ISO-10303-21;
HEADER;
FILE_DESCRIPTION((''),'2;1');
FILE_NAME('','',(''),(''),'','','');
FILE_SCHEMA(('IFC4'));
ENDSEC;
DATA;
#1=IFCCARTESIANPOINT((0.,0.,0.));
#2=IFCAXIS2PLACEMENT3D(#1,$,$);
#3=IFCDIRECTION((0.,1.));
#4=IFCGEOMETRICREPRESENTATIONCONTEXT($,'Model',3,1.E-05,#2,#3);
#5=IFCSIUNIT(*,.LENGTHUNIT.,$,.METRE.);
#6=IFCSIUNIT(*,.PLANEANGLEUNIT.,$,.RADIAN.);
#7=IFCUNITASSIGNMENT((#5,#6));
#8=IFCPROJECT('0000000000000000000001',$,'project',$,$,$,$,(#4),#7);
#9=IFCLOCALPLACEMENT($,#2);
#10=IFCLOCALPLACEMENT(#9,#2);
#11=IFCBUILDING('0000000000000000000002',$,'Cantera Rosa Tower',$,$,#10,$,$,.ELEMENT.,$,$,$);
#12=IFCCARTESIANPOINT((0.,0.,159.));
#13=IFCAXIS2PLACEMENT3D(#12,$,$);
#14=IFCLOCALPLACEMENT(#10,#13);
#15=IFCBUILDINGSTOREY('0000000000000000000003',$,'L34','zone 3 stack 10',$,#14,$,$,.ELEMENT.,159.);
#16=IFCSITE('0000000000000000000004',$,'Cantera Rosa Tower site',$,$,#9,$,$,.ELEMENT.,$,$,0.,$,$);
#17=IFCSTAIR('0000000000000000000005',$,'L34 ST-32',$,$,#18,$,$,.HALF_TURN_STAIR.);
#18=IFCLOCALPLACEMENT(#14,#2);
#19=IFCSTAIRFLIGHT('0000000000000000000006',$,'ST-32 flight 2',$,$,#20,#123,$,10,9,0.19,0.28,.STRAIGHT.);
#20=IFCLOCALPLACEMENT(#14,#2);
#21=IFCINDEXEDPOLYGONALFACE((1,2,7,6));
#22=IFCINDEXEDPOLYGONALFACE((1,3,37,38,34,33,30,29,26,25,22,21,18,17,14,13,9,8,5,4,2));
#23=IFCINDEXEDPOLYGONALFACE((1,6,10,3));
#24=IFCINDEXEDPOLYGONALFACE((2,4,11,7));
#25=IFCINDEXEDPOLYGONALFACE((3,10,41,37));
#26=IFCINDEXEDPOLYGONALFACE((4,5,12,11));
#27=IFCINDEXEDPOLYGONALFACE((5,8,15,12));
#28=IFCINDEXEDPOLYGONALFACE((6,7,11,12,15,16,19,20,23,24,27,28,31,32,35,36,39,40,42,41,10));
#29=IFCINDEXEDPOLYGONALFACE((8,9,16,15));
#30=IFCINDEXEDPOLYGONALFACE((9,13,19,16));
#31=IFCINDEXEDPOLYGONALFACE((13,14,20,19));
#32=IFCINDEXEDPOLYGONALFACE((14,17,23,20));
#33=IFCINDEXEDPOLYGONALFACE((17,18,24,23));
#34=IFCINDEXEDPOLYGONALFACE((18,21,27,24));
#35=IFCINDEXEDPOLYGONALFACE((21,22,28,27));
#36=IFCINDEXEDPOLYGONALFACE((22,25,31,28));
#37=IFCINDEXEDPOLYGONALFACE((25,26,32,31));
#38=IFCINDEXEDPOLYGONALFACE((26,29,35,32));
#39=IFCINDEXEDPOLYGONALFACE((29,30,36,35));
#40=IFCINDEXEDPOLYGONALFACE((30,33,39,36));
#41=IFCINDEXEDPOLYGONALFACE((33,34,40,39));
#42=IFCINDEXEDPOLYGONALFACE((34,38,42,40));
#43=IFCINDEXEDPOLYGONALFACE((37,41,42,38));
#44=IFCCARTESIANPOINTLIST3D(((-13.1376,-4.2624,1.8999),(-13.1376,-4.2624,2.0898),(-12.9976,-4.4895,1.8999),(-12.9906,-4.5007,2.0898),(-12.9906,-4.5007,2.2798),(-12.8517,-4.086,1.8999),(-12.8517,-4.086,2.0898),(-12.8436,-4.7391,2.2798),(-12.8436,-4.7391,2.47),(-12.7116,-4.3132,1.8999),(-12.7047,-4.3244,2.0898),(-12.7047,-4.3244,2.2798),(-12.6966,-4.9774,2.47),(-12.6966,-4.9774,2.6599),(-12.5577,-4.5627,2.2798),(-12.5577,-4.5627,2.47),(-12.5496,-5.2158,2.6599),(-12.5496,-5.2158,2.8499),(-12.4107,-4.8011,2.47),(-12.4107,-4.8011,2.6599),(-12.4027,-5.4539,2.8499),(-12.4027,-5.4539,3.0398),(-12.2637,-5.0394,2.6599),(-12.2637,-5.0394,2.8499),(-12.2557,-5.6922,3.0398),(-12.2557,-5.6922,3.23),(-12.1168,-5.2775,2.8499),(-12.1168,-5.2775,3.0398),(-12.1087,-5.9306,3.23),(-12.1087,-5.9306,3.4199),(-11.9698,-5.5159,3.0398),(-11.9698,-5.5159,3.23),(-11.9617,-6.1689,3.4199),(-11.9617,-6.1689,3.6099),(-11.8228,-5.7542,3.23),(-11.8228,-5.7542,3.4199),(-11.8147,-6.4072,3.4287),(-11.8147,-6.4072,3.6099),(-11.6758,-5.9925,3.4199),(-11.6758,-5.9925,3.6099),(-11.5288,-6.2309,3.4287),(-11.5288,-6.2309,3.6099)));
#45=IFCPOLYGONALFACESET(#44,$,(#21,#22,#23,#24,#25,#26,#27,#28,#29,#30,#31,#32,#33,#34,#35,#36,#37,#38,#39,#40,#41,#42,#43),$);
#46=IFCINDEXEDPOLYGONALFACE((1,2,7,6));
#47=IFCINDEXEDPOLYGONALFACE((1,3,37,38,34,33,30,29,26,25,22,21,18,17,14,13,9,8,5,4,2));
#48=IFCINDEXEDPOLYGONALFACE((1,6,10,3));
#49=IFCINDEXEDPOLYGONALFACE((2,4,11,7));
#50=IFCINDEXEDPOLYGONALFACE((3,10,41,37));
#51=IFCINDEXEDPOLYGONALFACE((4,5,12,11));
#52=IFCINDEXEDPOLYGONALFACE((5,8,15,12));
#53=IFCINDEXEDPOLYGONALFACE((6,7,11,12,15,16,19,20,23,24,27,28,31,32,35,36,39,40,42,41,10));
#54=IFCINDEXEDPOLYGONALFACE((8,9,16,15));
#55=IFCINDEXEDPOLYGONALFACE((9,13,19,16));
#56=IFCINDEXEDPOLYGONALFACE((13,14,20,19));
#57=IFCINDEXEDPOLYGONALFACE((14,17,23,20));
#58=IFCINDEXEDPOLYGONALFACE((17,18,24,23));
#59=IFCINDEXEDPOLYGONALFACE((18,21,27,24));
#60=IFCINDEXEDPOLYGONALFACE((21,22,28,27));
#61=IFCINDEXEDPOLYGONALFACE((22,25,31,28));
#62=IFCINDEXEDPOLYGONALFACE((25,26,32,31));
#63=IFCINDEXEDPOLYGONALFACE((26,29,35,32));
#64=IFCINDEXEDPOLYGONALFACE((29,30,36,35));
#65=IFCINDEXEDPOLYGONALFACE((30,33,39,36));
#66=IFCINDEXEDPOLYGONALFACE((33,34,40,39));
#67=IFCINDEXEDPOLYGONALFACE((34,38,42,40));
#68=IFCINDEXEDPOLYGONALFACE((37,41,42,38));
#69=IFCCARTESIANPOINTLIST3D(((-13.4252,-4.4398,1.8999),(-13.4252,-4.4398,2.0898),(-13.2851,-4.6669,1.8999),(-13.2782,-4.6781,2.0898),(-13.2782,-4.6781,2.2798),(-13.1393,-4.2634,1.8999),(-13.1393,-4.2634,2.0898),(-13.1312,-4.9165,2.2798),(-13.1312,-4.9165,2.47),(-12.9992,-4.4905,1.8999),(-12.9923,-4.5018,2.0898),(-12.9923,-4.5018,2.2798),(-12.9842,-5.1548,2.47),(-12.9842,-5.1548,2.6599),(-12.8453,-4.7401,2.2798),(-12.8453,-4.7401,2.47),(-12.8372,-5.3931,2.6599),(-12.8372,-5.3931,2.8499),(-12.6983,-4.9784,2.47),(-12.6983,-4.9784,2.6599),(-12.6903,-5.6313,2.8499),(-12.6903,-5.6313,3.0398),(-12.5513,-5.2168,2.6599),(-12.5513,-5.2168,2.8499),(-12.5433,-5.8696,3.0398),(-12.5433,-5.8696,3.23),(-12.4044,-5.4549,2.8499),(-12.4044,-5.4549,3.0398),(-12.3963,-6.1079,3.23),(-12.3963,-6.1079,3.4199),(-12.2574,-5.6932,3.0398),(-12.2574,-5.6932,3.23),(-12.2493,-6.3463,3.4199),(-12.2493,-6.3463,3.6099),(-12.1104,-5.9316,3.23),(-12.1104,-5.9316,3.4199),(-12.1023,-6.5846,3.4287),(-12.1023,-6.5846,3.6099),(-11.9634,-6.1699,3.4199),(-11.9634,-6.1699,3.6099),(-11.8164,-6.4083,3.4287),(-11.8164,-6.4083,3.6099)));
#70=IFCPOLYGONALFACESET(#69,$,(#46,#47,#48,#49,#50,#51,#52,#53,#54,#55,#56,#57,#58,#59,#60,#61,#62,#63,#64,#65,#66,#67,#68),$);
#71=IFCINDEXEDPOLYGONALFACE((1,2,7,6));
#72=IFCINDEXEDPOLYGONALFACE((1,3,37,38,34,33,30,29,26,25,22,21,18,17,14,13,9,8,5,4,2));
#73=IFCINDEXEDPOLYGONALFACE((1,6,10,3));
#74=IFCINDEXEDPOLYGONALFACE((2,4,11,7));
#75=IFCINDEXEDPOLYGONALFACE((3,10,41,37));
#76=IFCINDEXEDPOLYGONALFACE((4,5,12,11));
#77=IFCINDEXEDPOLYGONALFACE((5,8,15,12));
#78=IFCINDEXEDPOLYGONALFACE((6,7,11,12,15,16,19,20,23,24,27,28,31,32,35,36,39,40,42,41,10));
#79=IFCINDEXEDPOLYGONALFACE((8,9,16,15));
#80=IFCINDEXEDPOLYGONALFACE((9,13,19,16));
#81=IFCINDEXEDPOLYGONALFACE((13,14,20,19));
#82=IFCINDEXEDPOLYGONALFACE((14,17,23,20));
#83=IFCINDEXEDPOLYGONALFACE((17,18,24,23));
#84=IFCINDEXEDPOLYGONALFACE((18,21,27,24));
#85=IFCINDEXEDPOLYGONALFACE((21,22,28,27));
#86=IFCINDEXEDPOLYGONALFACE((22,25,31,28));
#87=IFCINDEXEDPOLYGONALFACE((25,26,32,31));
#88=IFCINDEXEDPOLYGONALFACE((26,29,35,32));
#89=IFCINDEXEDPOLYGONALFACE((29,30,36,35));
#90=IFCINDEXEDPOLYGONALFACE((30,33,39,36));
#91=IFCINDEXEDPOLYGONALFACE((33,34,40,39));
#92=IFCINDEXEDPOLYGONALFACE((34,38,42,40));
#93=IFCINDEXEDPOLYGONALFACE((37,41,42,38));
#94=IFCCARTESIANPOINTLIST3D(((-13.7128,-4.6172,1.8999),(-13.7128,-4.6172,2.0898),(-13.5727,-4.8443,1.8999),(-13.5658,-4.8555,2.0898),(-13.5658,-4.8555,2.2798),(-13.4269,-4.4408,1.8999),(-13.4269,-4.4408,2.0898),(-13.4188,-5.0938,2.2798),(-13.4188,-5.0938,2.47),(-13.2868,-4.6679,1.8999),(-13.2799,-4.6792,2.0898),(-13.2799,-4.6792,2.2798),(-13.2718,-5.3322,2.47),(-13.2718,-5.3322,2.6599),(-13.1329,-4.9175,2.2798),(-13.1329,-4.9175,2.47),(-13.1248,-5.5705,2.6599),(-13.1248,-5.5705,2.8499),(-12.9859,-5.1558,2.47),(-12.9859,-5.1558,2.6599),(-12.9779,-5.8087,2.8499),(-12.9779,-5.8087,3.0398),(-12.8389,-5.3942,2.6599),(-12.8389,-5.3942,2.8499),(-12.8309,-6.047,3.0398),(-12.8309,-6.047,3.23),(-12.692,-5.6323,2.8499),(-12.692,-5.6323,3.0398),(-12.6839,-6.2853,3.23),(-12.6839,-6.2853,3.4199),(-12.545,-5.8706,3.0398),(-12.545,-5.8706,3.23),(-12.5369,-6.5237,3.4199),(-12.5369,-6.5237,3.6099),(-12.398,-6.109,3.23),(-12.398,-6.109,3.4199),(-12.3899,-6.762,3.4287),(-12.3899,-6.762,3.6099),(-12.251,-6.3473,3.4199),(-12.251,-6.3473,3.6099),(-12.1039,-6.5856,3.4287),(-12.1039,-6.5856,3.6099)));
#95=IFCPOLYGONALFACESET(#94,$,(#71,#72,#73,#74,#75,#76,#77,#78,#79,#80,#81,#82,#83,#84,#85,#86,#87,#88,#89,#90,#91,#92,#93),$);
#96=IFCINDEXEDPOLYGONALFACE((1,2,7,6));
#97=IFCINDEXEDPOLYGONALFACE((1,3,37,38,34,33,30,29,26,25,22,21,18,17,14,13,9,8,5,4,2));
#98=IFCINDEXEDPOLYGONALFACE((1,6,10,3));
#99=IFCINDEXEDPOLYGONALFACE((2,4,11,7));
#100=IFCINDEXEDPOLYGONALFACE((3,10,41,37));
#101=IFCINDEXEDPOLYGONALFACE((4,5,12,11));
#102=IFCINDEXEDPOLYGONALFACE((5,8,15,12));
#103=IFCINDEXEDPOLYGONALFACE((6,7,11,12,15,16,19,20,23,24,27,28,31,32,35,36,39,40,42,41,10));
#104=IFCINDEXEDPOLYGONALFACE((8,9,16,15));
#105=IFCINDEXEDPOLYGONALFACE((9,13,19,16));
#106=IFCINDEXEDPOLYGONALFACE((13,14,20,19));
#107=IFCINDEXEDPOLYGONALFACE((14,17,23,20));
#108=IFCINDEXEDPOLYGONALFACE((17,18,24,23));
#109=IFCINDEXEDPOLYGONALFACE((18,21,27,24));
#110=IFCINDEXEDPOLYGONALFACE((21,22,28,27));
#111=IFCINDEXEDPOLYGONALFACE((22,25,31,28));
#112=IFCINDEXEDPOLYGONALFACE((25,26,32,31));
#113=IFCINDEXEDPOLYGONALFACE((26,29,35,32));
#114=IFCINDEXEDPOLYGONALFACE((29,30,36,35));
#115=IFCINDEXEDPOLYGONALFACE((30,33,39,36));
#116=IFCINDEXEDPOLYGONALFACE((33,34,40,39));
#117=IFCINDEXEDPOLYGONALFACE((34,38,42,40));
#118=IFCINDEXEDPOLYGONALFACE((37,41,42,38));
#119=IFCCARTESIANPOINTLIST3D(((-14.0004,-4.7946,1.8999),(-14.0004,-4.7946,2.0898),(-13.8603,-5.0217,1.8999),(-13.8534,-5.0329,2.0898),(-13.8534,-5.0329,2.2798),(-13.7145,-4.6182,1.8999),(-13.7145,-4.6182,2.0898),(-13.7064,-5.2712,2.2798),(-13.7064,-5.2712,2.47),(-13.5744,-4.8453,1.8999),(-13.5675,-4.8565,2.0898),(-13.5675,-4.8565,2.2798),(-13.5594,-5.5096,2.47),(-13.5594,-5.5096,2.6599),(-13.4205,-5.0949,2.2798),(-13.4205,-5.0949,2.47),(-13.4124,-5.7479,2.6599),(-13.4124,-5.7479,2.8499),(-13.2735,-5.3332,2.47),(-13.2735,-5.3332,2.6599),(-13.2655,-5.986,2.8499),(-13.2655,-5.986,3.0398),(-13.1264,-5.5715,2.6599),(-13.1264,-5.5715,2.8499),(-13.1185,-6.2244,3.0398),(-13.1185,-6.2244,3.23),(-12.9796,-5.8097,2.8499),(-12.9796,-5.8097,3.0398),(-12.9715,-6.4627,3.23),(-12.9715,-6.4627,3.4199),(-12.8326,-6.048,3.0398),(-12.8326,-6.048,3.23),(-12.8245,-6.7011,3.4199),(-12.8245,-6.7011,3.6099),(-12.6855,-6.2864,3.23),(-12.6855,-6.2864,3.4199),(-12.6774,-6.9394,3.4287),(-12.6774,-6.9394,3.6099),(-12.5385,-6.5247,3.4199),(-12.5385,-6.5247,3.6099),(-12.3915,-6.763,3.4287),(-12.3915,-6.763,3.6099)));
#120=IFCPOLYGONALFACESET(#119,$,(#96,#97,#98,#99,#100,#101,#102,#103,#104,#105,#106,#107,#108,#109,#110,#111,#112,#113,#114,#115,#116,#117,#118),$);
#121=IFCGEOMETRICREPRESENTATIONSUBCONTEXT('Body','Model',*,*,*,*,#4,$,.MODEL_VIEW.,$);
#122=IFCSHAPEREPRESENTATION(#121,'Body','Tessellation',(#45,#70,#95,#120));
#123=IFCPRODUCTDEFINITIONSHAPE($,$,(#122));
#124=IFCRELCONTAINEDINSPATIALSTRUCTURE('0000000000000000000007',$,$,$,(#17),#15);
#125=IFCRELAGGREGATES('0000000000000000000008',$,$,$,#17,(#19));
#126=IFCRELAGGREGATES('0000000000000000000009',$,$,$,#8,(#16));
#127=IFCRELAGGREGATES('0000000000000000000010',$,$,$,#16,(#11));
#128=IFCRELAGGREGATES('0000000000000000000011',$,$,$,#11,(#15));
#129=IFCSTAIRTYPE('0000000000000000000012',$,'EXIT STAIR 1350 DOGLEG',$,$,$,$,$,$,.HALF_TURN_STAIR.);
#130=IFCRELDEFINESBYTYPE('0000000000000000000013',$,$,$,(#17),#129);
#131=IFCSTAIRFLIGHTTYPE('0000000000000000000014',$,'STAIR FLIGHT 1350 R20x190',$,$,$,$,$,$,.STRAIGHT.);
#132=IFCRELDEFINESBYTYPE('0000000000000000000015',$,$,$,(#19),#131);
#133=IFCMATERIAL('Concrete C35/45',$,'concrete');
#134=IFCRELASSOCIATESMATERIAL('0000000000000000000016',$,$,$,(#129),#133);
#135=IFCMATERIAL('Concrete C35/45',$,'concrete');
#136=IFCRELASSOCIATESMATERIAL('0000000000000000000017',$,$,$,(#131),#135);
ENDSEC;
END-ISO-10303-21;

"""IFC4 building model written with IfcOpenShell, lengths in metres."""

from ifc_helpers import new_model, si_unit, direction, frame, origin, place, context, subcontext, project, spatial, polyline, outline, extrude, material, type_object, element, aggregate, save


model = new_model("IFC4")

# Units and contexts
model_context = context("Model", 3, precision=1e-05, world=origin(), true_north=direction((0.0, 1.0)))
body_context = subcontext(model_context, "Body", "Model", "MODEL_VIEW")
ifc_project = project(units=[si_unit("LENGTHUNIT", "METRE"), si_unit("PLANEANGLEUNIT", "RADIAN")], contexts=[model_context])

# Site, building, storey
site_placement = place(None, origin())
site = spatial("IfcSite", under=ifc_project, at=site_placement, Name="Cantera Rosa Tower site", CompositionType="ELEMENT", RefElevation=0.0)
building_placement = place(site_placement, origin())
building = spatial("IfcBuilding", under=site, at=building_placement, Name="Cantera Rosa Tower", CompositionType="ELEMENT")
storey_placement = place(building_placement, frame((0.0, 0.0, 159.0)))
storey = spatial("IfcBuildingStorey", under=building, at=storey_placement, Name="L34", Description="zone 3 stack 10", CompositionType="ELEMENT", Elevation=159.0)

# Stair, stair flight
ifc_material_1 = material(Name="Concrete C35/45", Category="concrete")
stair_type = type_object("IfcStairType", Name="EXIT STAIR 1350 DOGLEG", PredefinedType="HALF_TURN_STAIR", material=ifc_material_1)
stair_placement = place(storey_placement, origin())
stair = element("IfcStair", 1, at=stair_placement, inside=storey, type_object=stair_type, Name="L34 ST-32", PredefinedType="HALF_TURN_STAIR")
ifc_material_2 = material(Name="Concrete C35/45", Category="concrete")
stair_flight_type = type_object("IfcStairFlightType", Name="STAIR FLIGHT 1350 R20x190", PredefinedType="STRAIGHT", material=ifc_material_2)
stair_flight_1_placement = place(storey_placement, frame((-13.4263, -4.4404, 1.8999), z_axis=(0.0, 0.0, 1.0), x_axis=(0.524977, -0.851117, 0.0)))
stair_flight_1 = element("IfcStairFlight", 2, at=stair_flight_1_placement, type_object=stair_flight_type, Name="ST-32 flight 2", NumberOfRisers=10, NumberOfTreads=9, PredefinedType="STRAIGHT", RiserHeight=0.19, TreadLength=0.28, context=body_context, shape_type="SweptSolid", body=[
    extrude(outline(polyline([(0.0, 0.0), (0.0, 0.1899), (0.28, 0.1899), (0.28, 0.3799), (0.5601, 0.3799), (0.5601, 0.5701), (0.8401, 0.5701), (0.8401, 0.76), (1.1201, 0.76), (1.1201, 0.95), (1.3999, 0.95), (1.3999, 1.1399), (1.6799, 1.1399), (1.6799, 1.3301), (1.96, 1.3301), (1.96, 1.52), (2.24, 1.52), (2.24, 1.71), (2.52, 1.71), (2.52, 1.8999), (2.52, 1.5288), (0.2668, 0.0), (0.0, 0.0)])), frame((0.0, 0.675, 0.0), z_axis=(0.0, -1.0, 0.0), x_axis=(1.0, 0.0, 0.0)), (0.0, 0.0, 1.0), 0.3359),
    extrude(outline(polyline([(0.0, 0.0), (0.0, 0.1899), (0.28, 0.1899), (0.28, 0.3799), (0.5601, 0.3799), (0.5601, 0.5701), (0.8401, 0.5701), (0.8401, 0.76), (1.1201, 0.76), (1.1201, 0.95), (1.3999, 0.95), (1.3999, 1.1399), (1.6799, 1.1399), (1.6799, 1.3301), (1.96, 1.3301), (1.96, 1.52), (2.24, 1.52), (2.24, 1.71), (2.52, 1.71), (2.52, 1.8999), (2.52, 1.5288), (0.2668, 0.0), (0.0, 0.0)])), frame((0.0, 0.3372, 0.0), z_axis=(0.0, -1.0, 0.0), x_axis=(1.0, 0.0, 0.0)), (0.0, 0.0, 1.0), 0.3359),
    extrude(outline(polyline([(0.0, 0.0), (0.0, 0.1899), (0.28, 0.1899), (0.28, 0.3799), (0.5601, 0.3799), (0.5601, 0.5701), (0.8401, 0.5701), (0.8401, 0.76), (1.1201, 0.76), (1.1201, 0.95), (1.3999, 0.95), (1.3999, 1.1399), (1.6799, 1.1399), (1.6799, 1.3301), (1.96, 1.3301), (1.96, 1.52), (2.24, 1.52), (2.24, 1.71), (2.52, 1.71), (2.52, 1.8999), (2.52, 1.5288), (0.2668, 0.0), (0.0, 0.0)])), frame((0.0, -0.0007, 0.0), z_axis=(0.0, -1.0, 0.0), x_axis=(1.0, 0.0, 0.0)), (0.0, 0.0, 1.0), 0.3359),
    extrude(outline(polyline([(0.0, 0.0), (0.0, 0.1899), (0.28, 0.1899), (0.28, 0.3799), (0.5601, 0.3799), (0.5601, 0.5701), (0.8401, 0.5701), (0.8401, 0.76), (1.1201, 0.76), (1.1201, 0.95), (1.3999, 0.95), (1.3999, 1.1399), (1.6799, 1.1399), (1.6799, 1.3301), (1.96, 1.3301), (1.96, 1.52), (2.24, 1.52), (2.24, 1.71), (2.52, 1.71), (2.52, 1.8999), (2.52, 1.5288), (0.2668, 0.0), (0.0, 0.0)])), frame((0.0, -0.3386, 0.0), z_axis=(0.0, -1.0, 0.0), x_axis=(1.0, 0.0, 0.0)), (0.0, 0.0, 1.0), 0.3359),
])
aggregate(stair, [stair_flight_1])

save(model, "model.ifc")
